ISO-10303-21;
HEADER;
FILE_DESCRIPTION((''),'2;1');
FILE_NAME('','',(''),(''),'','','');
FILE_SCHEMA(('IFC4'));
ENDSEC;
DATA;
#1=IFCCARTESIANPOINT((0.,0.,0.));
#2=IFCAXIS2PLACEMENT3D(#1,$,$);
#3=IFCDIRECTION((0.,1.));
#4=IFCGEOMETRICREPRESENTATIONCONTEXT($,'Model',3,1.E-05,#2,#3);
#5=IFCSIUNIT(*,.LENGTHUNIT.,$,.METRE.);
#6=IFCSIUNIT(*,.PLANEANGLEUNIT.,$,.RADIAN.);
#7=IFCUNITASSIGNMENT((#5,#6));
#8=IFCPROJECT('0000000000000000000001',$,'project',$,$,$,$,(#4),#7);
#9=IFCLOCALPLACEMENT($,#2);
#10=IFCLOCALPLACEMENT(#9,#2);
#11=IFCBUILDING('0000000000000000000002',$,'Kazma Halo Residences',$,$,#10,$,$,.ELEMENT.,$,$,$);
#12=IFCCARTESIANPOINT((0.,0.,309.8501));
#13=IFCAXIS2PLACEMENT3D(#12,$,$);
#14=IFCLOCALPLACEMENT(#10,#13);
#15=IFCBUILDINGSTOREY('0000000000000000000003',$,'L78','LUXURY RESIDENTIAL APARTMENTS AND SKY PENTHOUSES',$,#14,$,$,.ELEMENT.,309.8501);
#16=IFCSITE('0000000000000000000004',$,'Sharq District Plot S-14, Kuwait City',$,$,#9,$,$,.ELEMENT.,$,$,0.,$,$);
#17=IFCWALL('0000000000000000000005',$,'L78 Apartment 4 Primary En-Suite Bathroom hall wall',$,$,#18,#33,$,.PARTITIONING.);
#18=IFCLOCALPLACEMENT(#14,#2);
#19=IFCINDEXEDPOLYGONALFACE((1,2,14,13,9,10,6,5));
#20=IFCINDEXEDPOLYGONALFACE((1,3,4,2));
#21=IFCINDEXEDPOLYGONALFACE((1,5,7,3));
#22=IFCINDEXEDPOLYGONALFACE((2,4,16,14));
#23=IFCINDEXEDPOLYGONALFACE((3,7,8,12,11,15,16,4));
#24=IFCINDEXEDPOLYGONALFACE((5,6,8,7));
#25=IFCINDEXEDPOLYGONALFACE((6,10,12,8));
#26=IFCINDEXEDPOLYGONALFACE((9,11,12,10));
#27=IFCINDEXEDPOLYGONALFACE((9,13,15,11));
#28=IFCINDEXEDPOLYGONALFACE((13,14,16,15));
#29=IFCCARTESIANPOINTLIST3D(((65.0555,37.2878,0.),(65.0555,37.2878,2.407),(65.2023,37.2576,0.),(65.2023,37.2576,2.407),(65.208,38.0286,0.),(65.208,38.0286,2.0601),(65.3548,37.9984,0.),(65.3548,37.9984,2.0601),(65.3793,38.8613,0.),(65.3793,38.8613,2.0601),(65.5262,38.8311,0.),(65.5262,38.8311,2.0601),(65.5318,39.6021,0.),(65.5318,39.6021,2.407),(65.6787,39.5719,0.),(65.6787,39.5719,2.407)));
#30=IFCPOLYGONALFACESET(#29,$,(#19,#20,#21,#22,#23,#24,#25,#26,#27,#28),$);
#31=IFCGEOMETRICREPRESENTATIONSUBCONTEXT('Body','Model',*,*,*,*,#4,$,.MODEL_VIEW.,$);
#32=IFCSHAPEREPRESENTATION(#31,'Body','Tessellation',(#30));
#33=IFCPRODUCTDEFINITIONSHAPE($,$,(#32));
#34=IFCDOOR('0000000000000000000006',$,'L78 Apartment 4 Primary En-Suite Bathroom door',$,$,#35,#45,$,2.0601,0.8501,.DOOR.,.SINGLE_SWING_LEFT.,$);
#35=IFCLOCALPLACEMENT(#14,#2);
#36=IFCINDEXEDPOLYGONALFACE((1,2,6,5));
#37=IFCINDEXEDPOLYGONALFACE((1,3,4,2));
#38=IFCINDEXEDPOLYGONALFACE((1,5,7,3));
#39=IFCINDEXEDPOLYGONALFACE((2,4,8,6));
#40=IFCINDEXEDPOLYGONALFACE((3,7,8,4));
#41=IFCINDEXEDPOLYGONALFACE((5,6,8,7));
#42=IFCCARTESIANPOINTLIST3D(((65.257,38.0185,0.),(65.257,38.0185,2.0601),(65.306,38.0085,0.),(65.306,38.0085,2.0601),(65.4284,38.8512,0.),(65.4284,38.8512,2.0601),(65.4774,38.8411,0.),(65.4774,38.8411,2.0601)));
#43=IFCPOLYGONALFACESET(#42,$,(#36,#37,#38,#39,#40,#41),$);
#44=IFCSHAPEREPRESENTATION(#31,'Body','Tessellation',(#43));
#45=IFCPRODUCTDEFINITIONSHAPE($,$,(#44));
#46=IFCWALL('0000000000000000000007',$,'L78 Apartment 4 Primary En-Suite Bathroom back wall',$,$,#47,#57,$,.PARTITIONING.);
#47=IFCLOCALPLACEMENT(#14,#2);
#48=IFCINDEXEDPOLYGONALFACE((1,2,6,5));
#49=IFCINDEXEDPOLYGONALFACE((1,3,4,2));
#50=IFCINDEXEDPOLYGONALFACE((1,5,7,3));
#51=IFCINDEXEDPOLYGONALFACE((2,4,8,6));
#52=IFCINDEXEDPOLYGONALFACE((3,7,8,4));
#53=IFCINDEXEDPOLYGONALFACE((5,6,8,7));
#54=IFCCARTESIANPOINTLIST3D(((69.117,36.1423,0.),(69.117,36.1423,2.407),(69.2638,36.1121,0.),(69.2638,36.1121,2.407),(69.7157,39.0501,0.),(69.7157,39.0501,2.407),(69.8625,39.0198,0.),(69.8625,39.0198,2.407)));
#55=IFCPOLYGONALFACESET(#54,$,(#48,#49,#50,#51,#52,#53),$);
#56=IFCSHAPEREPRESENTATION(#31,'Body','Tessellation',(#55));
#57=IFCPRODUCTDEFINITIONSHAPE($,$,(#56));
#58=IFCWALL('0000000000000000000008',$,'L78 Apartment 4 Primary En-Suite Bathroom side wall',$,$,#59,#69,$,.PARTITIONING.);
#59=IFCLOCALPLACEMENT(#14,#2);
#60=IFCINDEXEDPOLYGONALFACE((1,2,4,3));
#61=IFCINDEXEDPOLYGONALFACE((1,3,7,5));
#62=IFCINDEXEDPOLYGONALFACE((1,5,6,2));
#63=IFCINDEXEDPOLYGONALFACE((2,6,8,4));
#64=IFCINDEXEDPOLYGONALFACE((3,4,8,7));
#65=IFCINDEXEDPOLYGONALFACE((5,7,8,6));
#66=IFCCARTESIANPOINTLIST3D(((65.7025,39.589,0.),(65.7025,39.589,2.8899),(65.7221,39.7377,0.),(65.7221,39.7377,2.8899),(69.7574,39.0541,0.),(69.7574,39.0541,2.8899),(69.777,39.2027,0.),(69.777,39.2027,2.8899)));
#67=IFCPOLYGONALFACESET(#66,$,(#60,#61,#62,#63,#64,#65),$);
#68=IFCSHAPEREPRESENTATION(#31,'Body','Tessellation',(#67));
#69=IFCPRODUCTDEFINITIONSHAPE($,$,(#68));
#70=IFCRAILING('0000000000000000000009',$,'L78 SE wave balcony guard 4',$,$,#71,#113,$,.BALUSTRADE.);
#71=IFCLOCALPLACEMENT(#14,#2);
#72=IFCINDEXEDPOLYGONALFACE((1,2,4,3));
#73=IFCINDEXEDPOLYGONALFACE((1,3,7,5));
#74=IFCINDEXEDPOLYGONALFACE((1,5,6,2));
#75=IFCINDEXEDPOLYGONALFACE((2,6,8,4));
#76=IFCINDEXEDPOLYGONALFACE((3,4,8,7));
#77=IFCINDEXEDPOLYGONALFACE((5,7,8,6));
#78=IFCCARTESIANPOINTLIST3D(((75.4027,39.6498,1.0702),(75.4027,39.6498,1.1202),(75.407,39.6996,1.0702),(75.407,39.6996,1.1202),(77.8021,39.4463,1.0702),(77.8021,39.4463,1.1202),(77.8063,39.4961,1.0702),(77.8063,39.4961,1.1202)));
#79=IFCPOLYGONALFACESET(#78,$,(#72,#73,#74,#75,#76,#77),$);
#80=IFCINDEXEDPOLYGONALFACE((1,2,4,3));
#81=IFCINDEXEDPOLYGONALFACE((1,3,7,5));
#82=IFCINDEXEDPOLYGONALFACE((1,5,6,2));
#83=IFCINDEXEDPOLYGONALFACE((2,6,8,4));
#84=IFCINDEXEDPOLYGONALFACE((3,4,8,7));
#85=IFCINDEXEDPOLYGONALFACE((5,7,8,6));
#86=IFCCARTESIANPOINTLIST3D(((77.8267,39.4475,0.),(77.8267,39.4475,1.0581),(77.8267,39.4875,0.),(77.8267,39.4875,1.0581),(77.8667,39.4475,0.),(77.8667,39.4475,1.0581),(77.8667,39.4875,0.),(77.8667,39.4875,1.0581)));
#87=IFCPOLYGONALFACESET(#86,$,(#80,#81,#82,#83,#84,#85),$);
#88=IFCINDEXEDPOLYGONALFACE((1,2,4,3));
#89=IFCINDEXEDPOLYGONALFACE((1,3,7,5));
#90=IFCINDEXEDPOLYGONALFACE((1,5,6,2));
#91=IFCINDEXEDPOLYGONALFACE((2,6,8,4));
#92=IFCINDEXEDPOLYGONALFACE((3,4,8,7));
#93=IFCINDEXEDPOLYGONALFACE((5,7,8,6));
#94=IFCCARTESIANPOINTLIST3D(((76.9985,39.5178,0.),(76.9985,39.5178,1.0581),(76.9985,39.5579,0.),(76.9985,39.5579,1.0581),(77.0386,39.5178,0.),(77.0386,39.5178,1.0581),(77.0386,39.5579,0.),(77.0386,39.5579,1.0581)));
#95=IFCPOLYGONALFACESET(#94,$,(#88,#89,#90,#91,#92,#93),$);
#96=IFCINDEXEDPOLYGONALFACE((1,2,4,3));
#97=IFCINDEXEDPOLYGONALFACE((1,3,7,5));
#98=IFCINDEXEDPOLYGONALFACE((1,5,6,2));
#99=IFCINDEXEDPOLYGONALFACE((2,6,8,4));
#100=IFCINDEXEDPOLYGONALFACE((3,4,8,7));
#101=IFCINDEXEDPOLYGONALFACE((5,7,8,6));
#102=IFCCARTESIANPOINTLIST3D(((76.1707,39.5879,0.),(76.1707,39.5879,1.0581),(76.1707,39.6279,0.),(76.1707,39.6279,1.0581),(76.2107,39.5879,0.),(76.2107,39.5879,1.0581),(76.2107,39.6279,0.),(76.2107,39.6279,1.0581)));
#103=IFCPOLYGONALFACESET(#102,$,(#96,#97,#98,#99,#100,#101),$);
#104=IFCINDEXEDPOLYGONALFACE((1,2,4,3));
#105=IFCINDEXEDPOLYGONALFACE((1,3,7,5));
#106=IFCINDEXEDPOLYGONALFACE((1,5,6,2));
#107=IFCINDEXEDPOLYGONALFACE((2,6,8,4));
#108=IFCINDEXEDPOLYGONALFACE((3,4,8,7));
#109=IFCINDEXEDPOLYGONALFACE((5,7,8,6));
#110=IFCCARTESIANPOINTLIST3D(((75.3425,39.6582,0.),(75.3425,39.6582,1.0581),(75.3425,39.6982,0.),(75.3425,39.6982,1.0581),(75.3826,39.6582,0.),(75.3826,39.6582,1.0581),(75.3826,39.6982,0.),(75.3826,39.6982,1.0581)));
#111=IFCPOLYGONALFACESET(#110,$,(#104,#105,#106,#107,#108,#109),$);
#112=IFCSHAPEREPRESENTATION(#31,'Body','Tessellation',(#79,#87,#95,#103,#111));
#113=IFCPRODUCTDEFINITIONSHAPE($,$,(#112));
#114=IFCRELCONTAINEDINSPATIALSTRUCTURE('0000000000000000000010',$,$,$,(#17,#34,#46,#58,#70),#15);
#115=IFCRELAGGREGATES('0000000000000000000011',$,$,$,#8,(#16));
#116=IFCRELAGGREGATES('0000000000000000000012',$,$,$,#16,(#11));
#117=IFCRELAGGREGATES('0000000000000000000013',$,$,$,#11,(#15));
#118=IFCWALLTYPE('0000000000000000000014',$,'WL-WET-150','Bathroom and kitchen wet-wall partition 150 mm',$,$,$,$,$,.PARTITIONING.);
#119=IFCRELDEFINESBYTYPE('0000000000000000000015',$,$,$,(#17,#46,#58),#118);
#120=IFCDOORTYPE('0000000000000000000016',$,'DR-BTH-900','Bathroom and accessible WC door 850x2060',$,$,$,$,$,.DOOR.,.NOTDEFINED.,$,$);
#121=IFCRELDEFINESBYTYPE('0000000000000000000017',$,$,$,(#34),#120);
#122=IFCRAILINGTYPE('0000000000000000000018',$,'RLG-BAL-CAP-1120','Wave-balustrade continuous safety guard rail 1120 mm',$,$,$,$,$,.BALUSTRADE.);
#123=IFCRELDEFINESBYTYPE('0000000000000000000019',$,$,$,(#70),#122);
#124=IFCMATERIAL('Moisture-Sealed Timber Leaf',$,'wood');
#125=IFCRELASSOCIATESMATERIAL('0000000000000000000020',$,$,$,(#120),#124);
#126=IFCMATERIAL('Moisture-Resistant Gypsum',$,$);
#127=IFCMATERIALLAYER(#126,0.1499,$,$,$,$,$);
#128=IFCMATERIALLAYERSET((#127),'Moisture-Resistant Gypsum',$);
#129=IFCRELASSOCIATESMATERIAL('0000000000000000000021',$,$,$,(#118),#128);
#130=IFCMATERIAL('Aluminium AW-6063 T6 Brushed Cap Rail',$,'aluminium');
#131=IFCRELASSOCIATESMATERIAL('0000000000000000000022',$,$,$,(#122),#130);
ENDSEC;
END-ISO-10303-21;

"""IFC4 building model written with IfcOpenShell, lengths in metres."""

from ifc_helpers import new_model, si_unit, direction, frame, frame_2d, origin, origin_2d, place, context, subcontext, project, spatial, rectangle, extrude, material, layer, layer_set, type_object, element, fill, save


model = new_model("IFC4")

# Units and contexts
model_context = context("Model", 3, precision=1e-05, world=origin(), true_north=direction((0.0, 1.0)))
body_context = subcontext(model_context, "Body", "Model", "MODEL_VIEW")
ifc_project = project(units=[si_unit("LENGTHUNIT", "METRE"), si_unit("PLANEANGLEUNIT", "RADIAN")], contexts=[model_context])

# Site, building, storey
site_placement = place(None, origin())
site = spatial("IfcSite", under=ifc_project, at=site_placement, Name="Sharq District Plot S-14, Kuwait City", CompositionType="ELEMENT", RefElevation=0.0)
building_placement = place(site_placement, origin())
building = spatial("IfcBuilding", under=site, at=building_placement, Name="Kazma Halo Residences", CompositionType="ELEMENT")
storey_placement = place(building_placement, frame((0.0, 0.0, 309.8501)))
storey = spatial("IfcBuildingStorey", under=building, at=storey_placement, Name="L78", Description="LUXURY RESIDENTIAL APARTMENTS AND SKY PENTHOUSES", CompositionType="ELEMENT", Elevation=309.8501)

# Shared definitions
ifc_material_1 = material(Name="Moisture-Sealed Timber Leaf", Category="wood")
door_type = type_object("IfcDoorType", Name="DR-BTH-900", Description="Bathroom and accessible WC door 850x2060", OperationType="NOTDEFINED", PredefinedType="DOOR", material=ifc_material_1)

# Wall, opening, door
ifc_material_2 = material(Name="Moisture-Resistant Gypsum")
ifc_layer_1 = layer(ifc_material_2, 0.1499)
ifc_layer_set_1 = layer_set([ifc_layer_1], Name="Moisture-Resistant Gypsum")
wall_type_1 = type_object("IfcWallType", Name="WL-WET-150", Description="Bathroom and kitchen wet-wall partition 150 mm", PredefinedType="PARTITIONING", material=ifc_layer_set_1)
wall_1_placement = place(storey_placement, frame((65.1289, 37.2727, 0.0), z_axis=(0.0, 0.0, 1.0), x_axis=(0.201598, 0.979468, 0.0)))
wall_1 = element("IfcWall", 1, at=wall_1_placement, inside=storey, type_object=wall_type_1, Name="L78 Apartment 4 Primary En-Suite Bathroom hall wall", PredefinedType="PARTITIONING", context=body_context, shape_type="SweptSolid", body=[
    extrude(rectangle(XDim=2.3628, YDim=0.1499, at=frame_2d((1.1814, 0.0))), origin(), (0.0, 0.0, 1.0), 2.407),
])
opening_1_placement = place(wall_1_placement, frame((0.7563, 0.0, 0.0)))
opening_1 = element("IfcOpeningElement", 2, at=opening_1_placement, cuts=wall_1, PredefinedType="OPENING", context=body_context, shape_type="SweptSolid", body=[
    extrude(rectangle(XDim=0.8501, YDim=2.0601, at=frame_2d((0.425, 1.03))), frame((0.0, 0.085, 0.0), z_axis=(0.0, -1.0, 0.0), x_axis=(1.0, 0.0, 0.0)), (0.0, 0.0, 1.0), 0.1699),
])
door_1_placement = place(opening_1_placement, origin())
door_1 = element("IfcDoor", 3, at=door_1_placement, inside=storey, type_object=door_type, Name="L78 Apartment 4 Primary En-Suite Bathroom door", OperationType="SINGLE_SWING_LEFT", OverallHeight=2.0601, OverallWidth=0.8501, PredefinedType="DOOR", context=body_context, shape_type="SweptSolid", body=[
    extrude(rectangle(XDim=0.8501, YDim=2.0601, at=frame_2d((0.425, 1.03))), frame((0.0, 0.0249, 0.0), z_axis=(0.0, -1.0, 0.0), x_axis=(1.0, 0.0, 0.0)), (0.0, 0.0, 1.0), 0.05),
])
fill(opening_1, door_1)

# Walls
wall_2_placement = place(storey_placement, frame((69.1904, 36.1272, 0.0), z_axis=(0.0, 0.0, 1.0), x_axis=(0.201648, 0.979458, 0.0)))
element("IfcWall", 4, at=wall_2_placement, inside=storey, type_object=wall_type_1, Name="L78 Apartment 4 Primary En-Suite Bathroom back wall", PredefinedType="PARTITIONING", context=body_context, shape_type="SweptSolid", body=[
    extrude(rectangle(XDim=2.9688, YDim=0.1499, at=frame_2d((1.4844, 0.0))), origin(), (0.0, 0.0, 1.0), 2.407),
])
wall_3_placement = place(storey_placement, frame((65.7124, 39.6633, 0.0), z_axis=(0.0, 0.0, 1.0), x_axis=(0.991411, -0.130783, 0.0)))
element("IfcWall", 5, at=wall_3_placement, inside=storey, type_object=wall_type_1, Name="L78 Apartment 4 Primary En-Suite Bathroom side wall", PredefinedType="PARTITIONING", context=body_context, shape_type="SweptSolid", body=[
    extrude(rectangle(XDim=4.0901, YDim=0.1499, at=frame_2d((2.0449, 0.0))), origin(), (0.0, 0.0, 1.0), 2.8899),
])

# Railing
ifc_material_3 = material(Name="Aluminium AW-6063 T6 Brushed Cap Rail", Category="aluminium")
railing_type = type_object("IfcRailingType", Name="RLG-BAL-CAP-1120", Description="Wave-balustrade continuous safety guard rail 1120 mm", PredefinedType="BALUSTRADE", material=ifc_material_3)
railing_placement = place(storey_placement, frame((77.8467, 39.4675, 0.0)))
element("IfcRailing", 6, at=railing_placement, inside=storey, type_object=railing_type, Name="L78 SE wave balcony guard 4", PredefinedType="BALUSTRADE", context=body_context, shape_type="SweptSolid", body=[
    extrude(rectangle(XDim=0.05, YDim=0.05, at=origin_2d()), frame((-0.0425, 0.0037, 1.0952), z_axis=(-0.996422, 0.084512, 0.0), x_axis=(-0.084512, -0.996422, 0.0)), (0.0, 0.0, 1.0), 2.408),
    extrude(rectangle(XDim=0.04, YDim=0.04, at=origin_2d()), origin(), (0.0, 0.0, 1.0), 1.0581),
    extrude(rectangle(XDim=0.04, YDim=0.04, at=origin_2d()), frame((-0.8281, 0.0703, 0.0)), (0.0, 0.0, 1.0), 1.0581),
    extrude(rectangle(XDim=0.04, YDim=0.04, at=origin_2d()), frame((-1.656, 0.1404, 0.0)), (0.0, 0.0, 1.0), 1.0581),
    extrude(rectangle(XDim=0.04, YDim=0.04, at=origin_2d()), frame((-2.4841, 0.2107, 0.0)), (0.0, 0.0, 1.0), 1.0581),
])

save(model, "model.ifc")
